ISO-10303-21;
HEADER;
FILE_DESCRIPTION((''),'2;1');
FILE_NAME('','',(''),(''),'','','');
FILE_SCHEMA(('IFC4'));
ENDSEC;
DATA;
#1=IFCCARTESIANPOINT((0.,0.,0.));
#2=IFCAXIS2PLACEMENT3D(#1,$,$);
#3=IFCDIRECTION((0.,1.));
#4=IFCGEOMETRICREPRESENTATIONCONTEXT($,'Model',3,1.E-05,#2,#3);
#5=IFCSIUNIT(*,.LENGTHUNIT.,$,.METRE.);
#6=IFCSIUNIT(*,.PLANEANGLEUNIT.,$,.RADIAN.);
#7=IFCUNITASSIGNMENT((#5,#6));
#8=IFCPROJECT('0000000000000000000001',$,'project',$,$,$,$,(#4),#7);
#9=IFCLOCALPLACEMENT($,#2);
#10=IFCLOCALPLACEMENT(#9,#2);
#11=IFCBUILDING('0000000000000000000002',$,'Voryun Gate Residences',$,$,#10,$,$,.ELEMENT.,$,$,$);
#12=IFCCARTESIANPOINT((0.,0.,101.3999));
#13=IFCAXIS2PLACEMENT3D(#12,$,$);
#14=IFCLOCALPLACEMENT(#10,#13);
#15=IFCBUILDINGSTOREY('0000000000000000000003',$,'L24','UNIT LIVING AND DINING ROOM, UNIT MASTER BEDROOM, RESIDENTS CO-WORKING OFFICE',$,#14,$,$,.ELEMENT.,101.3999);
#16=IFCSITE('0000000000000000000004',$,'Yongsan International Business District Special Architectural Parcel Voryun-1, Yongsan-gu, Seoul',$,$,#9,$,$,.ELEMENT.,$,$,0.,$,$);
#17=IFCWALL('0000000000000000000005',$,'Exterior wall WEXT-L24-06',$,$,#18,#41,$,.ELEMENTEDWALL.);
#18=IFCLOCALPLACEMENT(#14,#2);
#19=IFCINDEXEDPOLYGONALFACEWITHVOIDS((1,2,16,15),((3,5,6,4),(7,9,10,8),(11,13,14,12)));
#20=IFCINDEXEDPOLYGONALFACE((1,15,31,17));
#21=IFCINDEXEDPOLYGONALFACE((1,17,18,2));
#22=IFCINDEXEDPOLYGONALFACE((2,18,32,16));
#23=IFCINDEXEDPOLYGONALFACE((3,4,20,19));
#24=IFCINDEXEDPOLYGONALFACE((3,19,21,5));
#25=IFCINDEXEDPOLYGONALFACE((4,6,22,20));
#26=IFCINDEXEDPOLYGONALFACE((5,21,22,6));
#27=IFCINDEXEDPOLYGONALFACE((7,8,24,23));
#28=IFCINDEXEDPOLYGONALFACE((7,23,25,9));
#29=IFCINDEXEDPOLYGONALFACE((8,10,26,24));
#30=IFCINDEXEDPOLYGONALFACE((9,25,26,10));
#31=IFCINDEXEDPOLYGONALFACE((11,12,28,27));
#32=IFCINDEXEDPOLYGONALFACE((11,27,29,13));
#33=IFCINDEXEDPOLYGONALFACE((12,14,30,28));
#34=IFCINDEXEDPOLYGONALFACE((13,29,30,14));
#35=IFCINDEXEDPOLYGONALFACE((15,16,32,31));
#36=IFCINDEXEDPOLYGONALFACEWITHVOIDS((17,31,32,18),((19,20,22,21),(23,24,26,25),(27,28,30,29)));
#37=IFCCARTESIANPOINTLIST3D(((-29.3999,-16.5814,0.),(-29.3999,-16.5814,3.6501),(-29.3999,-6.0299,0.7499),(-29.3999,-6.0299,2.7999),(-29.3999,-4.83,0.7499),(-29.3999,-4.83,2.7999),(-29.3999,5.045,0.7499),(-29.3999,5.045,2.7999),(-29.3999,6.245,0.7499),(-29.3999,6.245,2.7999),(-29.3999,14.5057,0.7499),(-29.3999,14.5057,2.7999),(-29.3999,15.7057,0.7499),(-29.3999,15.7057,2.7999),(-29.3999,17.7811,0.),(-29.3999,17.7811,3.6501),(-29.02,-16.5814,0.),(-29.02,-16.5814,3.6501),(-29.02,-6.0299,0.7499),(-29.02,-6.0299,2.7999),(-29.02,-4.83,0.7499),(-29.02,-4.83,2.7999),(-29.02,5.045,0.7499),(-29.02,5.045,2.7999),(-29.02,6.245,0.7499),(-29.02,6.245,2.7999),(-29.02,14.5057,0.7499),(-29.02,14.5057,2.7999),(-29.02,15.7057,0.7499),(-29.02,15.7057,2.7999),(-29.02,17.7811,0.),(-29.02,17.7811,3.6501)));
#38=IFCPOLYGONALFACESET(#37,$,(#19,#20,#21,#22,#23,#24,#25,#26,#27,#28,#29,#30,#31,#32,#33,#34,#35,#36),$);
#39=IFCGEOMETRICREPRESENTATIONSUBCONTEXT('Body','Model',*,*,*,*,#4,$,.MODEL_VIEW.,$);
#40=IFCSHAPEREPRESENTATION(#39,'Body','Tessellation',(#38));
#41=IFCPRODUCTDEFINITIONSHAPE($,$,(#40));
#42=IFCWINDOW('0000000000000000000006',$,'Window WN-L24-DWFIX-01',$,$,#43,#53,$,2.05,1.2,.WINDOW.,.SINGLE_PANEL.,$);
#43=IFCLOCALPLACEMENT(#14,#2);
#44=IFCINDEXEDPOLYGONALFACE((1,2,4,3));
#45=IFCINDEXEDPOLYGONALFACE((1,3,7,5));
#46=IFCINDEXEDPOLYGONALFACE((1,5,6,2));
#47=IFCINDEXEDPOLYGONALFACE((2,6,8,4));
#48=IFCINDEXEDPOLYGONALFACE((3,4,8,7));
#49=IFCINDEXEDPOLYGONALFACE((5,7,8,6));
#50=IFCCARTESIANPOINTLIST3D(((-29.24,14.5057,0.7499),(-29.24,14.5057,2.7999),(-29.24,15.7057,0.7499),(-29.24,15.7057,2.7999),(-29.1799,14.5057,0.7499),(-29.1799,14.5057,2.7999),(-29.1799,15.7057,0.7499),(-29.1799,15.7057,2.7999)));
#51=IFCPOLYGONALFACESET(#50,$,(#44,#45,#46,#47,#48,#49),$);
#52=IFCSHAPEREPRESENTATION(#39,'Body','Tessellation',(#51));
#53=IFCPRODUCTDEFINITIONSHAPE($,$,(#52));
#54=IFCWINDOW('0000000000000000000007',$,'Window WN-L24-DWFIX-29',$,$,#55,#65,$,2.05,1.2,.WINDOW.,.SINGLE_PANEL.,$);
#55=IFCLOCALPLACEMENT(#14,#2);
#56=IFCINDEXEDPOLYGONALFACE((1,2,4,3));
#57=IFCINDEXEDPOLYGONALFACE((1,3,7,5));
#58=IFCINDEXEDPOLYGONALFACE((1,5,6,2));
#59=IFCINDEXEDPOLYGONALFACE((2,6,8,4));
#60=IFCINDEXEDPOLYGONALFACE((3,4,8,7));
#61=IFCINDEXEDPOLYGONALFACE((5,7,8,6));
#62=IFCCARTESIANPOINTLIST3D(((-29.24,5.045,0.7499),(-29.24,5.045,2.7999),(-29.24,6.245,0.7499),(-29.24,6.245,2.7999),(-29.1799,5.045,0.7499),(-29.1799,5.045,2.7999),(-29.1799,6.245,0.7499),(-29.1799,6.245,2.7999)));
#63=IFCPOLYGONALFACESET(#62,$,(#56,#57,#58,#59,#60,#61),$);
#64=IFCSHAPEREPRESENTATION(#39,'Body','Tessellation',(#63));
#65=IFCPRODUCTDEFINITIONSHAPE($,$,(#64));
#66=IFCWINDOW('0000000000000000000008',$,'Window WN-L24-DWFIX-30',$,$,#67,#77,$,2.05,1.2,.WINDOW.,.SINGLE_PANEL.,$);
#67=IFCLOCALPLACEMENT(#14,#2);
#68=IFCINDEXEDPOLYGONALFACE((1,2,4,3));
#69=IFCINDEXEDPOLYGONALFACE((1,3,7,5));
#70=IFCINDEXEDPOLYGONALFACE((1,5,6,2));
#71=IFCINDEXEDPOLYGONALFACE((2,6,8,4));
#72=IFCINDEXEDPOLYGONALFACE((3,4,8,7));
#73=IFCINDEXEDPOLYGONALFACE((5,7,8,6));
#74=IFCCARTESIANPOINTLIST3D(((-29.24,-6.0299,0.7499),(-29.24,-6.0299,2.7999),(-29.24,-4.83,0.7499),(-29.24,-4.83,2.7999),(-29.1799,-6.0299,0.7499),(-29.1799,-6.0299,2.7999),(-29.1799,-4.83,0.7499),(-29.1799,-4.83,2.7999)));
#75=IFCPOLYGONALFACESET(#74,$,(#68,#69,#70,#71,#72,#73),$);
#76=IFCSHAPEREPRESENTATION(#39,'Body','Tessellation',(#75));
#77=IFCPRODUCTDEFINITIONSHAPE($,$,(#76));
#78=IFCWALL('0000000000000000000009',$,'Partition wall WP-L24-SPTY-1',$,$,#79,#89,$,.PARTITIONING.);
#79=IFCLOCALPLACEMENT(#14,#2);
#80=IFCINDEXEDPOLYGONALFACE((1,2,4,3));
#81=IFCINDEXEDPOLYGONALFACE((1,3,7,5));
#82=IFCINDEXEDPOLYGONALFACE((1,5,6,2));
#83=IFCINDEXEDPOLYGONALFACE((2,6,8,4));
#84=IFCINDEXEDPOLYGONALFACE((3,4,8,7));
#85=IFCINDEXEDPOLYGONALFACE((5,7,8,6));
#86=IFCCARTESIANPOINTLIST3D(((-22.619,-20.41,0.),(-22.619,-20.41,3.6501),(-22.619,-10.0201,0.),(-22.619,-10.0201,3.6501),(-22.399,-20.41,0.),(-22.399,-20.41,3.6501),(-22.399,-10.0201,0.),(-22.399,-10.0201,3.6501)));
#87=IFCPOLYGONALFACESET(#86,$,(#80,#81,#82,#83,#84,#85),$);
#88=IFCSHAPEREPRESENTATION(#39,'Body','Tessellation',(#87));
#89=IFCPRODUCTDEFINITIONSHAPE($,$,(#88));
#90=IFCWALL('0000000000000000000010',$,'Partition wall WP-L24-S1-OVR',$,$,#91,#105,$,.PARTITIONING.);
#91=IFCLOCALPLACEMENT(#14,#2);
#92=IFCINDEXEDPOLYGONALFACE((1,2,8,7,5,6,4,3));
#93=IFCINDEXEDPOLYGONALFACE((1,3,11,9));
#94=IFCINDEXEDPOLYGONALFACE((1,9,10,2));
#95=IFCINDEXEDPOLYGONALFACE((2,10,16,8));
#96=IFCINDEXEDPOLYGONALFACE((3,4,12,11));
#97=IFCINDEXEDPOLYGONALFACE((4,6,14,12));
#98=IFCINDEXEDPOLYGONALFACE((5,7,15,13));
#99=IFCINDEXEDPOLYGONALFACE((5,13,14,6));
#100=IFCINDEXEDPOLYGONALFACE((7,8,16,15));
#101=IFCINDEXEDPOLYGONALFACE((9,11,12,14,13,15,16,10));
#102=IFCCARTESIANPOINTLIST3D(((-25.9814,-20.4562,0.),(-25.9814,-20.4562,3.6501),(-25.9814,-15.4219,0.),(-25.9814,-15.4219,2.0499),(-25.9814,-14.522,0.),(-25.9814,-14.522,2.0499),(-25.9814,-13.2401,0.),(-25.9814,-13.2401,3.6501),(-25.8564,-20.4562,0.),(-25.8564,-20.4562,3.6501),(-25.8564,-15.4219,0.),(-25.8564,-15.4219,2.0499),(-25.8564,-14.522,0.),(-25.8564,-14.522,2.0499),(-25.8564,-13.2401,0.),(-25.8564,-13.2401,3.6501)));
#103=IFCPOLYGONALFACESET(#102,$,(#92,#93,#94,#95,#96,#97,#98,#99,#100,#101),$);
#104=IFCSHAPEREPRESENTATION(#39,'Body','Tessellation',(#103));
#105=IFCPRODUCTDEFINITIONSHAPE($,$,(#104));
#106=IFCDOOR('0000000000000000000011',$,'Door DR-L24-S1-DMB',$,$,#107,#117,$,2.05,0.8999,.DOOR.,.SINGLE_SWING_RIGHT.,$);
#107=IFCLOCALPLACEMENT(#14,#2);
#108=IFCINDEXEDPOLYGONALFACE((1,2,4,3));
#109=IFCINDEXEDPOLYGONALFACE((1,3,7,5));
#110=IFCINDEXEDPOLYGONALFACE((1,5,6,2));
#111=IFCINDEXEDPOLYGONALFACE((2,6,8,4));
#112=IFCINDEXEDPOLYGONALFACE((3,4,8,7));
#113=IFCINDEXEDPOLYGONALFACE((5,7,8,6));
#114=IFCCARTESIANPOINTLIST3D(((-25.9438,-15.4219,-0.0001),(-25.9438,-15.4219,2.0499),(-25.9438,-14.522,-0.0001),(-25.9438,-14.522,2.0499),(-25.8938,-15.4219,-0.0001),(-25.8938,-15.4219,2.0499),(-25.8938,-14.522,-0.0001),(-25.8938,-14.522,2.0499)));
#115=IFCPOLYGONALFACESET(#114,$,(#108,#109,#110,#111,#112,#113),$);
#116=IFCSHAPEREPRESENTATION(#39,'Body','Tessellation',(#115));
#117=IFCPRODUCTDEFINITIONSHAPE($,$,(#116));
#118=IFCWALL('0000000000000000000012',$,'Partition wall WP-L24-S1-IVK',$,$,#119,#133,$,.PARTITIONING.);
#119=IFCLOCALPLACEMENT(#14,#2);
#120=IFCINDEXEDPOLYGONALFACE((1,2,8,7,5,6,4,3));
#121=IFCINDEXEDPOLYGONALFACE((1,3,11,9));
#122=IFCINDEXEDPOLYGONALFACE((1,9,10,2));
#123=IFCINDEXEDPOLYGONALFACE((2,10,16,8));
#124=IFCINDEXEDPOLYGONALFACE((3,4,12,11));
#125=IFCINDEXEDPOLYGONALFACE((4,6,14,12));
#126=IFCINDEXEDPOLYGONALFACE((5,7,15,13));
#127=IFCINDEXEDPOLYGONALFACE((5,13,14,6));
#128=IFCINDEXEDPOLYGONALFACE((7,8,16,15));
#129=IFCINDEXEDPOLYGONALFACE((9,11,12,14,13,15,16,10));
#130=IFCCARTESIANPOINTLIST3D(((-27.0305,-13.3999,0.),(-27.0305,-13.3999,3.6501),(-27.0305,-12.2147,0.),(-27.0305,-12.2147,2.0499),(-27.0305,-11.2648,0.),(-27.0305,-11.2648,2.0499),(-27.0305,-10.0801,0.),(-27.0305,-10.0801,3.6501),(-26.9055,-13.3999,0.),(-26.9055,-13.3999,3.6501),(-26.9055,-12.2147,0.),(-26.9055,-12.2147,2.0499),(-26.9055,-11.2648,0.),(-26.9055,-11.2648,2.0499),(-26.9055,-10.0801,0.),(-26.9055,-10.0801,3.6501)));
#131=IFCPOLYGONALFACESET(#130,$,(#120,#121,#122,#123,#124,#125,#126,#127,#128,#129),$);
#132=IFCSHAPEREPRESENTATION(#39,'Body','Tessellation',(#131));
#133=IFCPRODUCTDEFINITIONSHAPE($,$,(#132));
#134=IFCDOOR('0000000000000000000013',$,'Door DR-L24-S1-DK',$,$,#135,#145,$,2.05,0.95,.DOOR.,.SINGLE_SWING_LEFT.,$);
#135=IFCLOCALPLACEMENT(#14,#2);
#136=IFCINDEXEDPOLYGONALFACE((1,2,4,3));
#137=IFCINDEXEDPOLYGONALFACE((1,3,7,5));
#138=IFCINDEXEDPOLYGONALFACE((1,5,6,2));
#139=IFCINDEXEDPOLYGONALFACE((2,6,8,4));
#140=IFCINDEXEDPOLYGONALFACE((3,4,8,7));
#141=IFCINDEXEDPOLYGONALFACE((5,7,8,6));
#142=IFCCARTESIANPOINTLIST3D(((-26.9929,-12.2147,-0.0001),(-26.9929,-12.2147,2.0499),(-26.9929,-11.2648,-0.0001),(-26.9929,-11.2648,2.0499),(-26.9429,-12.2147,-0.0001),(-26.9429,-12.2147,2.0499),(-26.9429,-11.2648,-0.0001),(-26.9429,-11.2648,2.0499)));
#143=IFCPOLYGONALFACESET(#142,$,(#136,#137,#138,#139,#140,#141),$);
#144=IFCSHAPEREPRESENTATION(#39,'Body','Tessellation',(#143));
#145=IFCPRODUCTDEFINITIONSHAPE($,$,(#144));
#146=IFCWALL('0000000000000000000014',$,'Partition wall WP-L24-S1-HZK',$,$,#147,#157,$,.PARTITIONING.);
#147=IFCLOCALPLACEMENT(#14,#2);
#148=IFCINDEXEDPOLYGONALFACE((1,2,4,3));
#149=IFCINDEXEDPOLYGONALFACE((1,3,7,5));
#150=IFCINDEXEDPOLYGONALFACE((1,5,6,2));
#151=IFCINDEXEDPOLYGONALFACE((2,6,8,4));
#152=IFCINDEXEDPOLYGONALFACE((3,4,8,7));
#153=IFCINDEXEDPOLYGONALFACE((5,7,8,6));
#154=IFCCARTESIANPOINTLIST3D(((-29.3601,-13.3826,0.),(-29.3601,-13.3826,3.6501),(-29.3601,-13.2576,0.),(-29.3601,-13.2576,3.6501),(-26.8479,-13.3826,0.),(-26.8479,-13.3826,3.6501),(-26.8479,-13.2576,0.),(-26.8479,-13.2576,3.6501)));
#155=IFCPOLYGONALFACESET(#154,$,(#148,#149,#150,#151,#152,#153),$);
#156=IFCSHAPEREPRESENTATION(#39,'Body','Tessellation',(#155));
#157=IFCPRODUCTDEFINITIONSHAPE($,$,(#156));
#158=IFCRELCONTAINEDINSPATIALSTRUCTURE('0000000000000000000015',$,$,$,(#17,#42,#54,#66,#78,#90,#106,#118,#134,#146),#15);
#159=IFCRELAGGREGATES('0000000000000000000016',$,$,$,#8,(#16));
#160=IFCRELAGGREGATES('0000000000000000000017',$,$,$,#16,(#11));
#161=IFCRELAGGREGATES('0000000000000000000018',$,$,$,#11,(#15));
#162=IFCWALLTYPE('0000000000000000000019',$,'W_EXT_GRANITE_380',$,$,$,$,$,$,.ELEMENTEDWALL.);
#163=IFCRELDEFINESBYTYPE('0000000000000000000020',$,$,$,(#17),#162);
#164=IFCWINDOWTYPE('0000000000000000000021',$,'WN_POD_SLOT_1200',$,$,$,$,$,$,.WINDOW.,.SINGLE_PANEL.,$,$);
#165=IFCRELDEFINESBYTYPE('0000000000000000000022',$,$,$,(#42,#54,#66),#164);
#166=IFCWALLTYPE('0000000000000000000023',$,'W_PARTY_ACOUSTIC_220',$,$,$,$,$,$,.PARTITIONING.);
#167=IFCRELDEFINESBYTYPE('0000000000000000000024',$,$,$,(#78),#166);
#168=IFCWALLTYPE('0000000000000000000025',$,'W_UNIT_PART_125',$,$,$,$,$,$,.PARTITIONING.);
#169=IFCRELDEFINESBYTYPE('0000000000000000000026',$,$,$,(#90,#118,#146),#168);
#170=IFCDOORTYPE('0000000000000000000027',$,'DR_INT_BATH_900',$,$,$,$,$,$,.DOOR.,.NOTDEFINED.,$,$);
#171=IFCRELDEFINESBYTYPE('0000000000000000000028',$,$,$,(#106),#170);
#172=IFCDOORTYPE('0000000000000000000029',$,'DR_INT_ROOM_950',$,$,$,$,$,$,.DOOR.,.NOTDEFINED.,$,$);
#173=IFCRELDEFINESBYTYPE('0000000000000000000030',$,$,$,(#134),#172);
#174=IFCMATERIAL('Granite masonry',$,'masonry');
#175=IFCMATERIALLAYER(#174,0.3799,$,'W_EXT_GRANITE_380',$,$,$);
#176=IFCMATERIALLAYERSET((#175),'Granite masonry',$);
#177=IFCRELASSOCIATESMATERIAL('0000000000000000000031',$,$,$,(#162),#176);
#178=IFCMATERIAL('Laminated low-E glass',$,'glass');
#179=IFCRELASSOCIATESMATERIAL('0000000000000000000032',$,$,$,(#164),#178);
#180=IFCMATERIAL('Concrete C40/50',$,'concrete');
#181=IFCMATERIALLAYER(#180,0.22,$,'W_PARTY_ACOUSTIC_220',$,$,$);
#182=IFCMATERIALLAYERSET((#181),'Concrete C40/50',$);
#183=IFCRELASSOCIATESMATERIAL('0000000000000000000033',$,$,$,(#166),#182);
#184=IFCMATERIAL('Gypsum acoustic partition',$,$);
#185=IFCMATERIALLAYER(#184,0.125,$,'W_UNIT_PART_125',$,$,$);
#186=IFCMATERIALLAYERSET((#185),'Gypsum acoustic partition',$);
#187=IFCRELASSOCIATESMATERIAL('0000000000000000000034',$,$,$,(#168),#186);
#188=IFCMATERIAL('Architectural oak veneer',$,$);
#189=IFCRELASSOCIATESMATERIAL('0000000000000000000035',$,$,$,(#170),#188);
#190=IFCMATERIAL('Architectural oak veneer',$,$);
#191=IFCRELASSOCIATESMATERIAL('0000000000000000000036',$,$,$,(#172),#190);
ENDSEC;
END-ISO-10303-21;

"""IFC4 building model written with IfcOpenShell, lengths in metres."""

from ifc_helpers import new_model, si_unit, direction, frame, frame_2d, origin, place, context, subcontext, project, spatial, rectangle, extrude, material, layer, layer_set, type_object, element, fill, save


model = new_model("IFC4")

# Units and contexts
model_context = context("Model", 3, precision=1e-05, world=origin(), true_north=direction((0.0, 1.0)))
body_context = subcontext(model_context, "Body", "Model", "MODEL_VIEW")
ifc_project = project(units=[si_unit("LENGTHUNIT", "METRE"), si_unit("PLANEANGLEUNIT", "RADIAN")], contexts=[model_context])

# Site, building, storey
site_placement = place(None, origin())
site = spatial("IfcSite", under=ifc_project, at=site_placement, Name="Yongsan International Business District Special Architectural Parcel Voryun-1, Yongsan-gu, Seoul", CompositionType="ELEMENT", RefElevation=0.0)
building_placement = place(site_placement, origin())
building = spatial("IfcBuilding", under=site, at=building_placement, Name="Voryun Gate Residences", CompositionType="ELEMENT")
storey_placement = place(building_placement, frame((0.0, 0.0, 101.3999)))
storey = spatial("IfcBuildingStorey", under=building, at=storey_placement, Name="L24", Description="UNIT LIVING AND DINING ROOM, UNIT MASTER BEDROOM, RESIDENTS CO-WORKING OFFICE", CompositionType="ELEMENT", Elevation=101.3999)

# Shared definitions
ifc_material_1 = material(Name="Granite masonry", Category="masonry")
ifc_layer_1 = layer(ifc_material_1, 0.3799, Name="W_EXT_GRANITE_380")
ifc_layer_set_1 = layer_set([ifc_layer_1], Name="Granite masonry")
wall_type_1 = type_object("IfcWallType", Name="W_EXT_GRANITE_380", PredefinedType="ELEMENTEDWALL", material=ifc_layer_set_1)

# Shared definitions
ifc_material_2 = material(Name="Laminated low-E glass", Category="glass")
window_type = type_object("IfcWindowType", Name="WN_POD_SLOT_1200", PartitioningType="SINGLE_PANEL", PredefinedType="WINDOW", material=ifc_material_2)

# Wall, openings, windows
wall_1_placement = place(storey_placement, frame((-29.21, -16.5813, 0.0), z_axis=(0.0, 0.0, 1.0), x_axis=(0.0, 1.0, 0.0)))
wall_1 = element("IfcWall", 1, at=wall_1_placement, inside=storey, type_object=wall_type_1, Name="Exterior wall WEXT-L24-06", PredefinedType="ELEMENTEDWALL", context=body_context, shape_type="SweptSolid", body=[
    extrude(rectangle(XDim=34.3625, YDim=0.3799, at=frame_2d((17.1812, 0.0))), origin(), (0.0, 0.0, 1.0), 3.6501),
])
opening_1_placement = place(wall_1_placement, frame((31.0869, 0.0, 0.75)))
opening_1 = element("IfcOpeningElement", 2, at=opening_1_placement, cuts=wall_1, PredefinedType="OPENING", context=body_context, shape_type="SweptSolid", body=[
    extrude(rectangle(XDim=1.2, YDim=2.05, at=frame_2d((0.6001, 1.0249))), frame((0.0, 0.2, 0.0), z_axis=(0.0, -1.0, 0.0), x_axis=(1.0, 0.0, 0.0)), (0.0, 0.0, 1.0), 0.3999),
])
opening_2_placement = place(wall_1_placement, frame((21.6262, 0.0, 0.75)))
opening_2 = element("IfcOpeningElement", 3, at=opening_2_placement, cuts=wall_1, PredefinedType="OPENING", context=body_context, shape_type="SweptSolid", body=[
    extrude(rectangle(XDim=1.2, YDim=2.05, at=frame_2d((0.6001, 1.0249))), frame((0.0, 0.2, 0.0), z_axis=(0.0, -1.0, 0.0), x_axis=(1.0, 0.0, 0.0)), (0.0, 0.0, 1.0), 0.3999),
])
opening_3_placement = place(wall_1_placement, frame((10.5513, 0.0, 0.75)))
opening_3 = element("IfcOpeningElement", 4, at=opening_3_placement, cuts=wall_1, PredefinedType="OPENING", context=body_context, shape_type="SweptSolid", body=[
    extrude(rectangle(XDim=1.2, YDim=2.05, at=frame_2d((0.6001, 1.0249))), frame((0.0, 0.2, 0.0), z_axis=(0.0, -1.0, 0.0), x_axis=(1.0, 0.0, 0.0)), (0.0, 0.0, 1.0), 0.3999),
])
window_1_placement = place(opening_1_placement, origin())
window_1 = element("IfcWindow", 5, at=window_1_placement, inside=storey, type_object=window_type, Name="Window WN-L24-DWFIX-01", OverallHeight=2.05, OverallWidth=1.2, PartitioningType="SINGLE_PANEL", PredefinedType="WINDOW", context=body_context, shape_type="SweptSolid", body=[
    extrude(rectangle(XDim=1.2, YDim=2.05, at=frame_2d((0.6001, 1.0249))), frame((0.0, 0.03, 0.0), z_axis=(0.0, -1.0, 0.0), x_axis=(1.0, 0.0, 0.0)), (0.0, 0.0, 1.0), 0.0601),
])
fill(opening_1, window_1)
window_2_placement = place(opening_2_placement, origin())
window_2 = element("IfcWindow", 6, at=window_2_placement, inside=storey, type_object=window_type, Name="Window WN-L24-DWFIX-29", OverallHeight=2.05, OverallWidth=1.2, PartitioningType="SINGLE_PANEL", PredefinedType="WINDOW", context=body_context, shape_type="SweptSolid", body=[
    extrude(rectangle(XDim=1.2, YDim=2.05, at=frame_2d((0.6001, 1.0249))), frame((0.0, 0.03, 0.0), z_axis=(0.0, -1.0, 0.0), x_axis=(1.0, 0.0, 0.0)), (0.0, 0.0, 1.0), 0.0601),
])
fill(opening_2, window_2)
window_3_placement = place(opening_3_placement, origin())
window_3 = element("IfcWindow", 7, at=window_3_placement, inside=storey, type_object=window_type, Name="Window WN-L24-DWFIX-30", OverallHeight=2.05, OverallWidth=1.2, PartitioningType="SINGLE_PANEL", PredefinedType="WINDOW", context=body_context, shape_type="SweptSolid", body=[
    extrude(rectangle(XDim=1.2, YDim=2.05, at=frame_2d((0.6001, 1.0249))), frame((0.0, 0.03, 0.0), z_axis=(0.0, -1.0, 0.0), x_axis=(1.0, 0.0, 0.0)), (0.0, 0.0, 1.0), 0.0601),
])
fill(opening_3, window_3)

# Wall
ifc_material_3 = material(Name="Concrete C40/50", Category="concrete")
ifc_layer_2 = layer(ifc_material_3, 0.22, Name="W_PARTY_ACOUSTIC_220")
ifc_layer_set_2 = layer_set([ifc_layer_2], Name="Concrete C40/50")
wall_type_2 = type_object("IfcWallType", Name="W_PARTY_ACOUSTIC_220", PredefinedType="PARTITIONING", material=ifc_layer_set_2)
wall_2_placement = place(storey_placement, frame((-22.509, -20.4099, 0.0), z_axis=(0.0, 0.0, 1.0), x_axis=(0.0, 1.0, 0.0)))
element("IfcWall", 8, at=wall_2_placement, inside=storey, type_object=wall_type_2, Name="Partition wall WP-L24-SPTY-1", PredefinedType="PARTITIONING", context=body_context, shape_type="SweptSolid", body=[
    extrude(rectangle(XDim=10.3899, YDim=0.22, at=frame_2d((5.1948, 0.0))), origin(), (0.0, 0.0, 1.0), 3.6501),
])

# Walls, openings, doors
ifc_material_4 = material(Name="Gypsum acoustic partition")
ifc_layer_3 = layer(ifc_material_4, 0.125, Name="W_UNIT_PART_125")
ifc_layer_set_3 = layer_set([ifc_layer_3], Name="Gypsum acoustic partition")
wall_type_3 = type_object("IfcWallType", Name="W_UNIT_PART_125", PredefinedType="PARTITIONING", material=ifc_layer_set_3)
wall_3_placement = place(storey_placement, frame((-25.9189, -20.4561, 0.0), z_axis=(0.0, 0.0, 1.0), x_axis=(0.0, 1.0, 0.0)))
wall_3 = element("IfcWall", 9, at=wall_3_placement, inside=storey, type_object=wall_type_3, Name="Partition wall WP-L24-S1-OVR", PredefinedType="PARTITIONING", context=body_context, shape_type="SweptSolid", body=[
    extrude(rectangle(XDim=7.2161, YDim=0.125, at=frame_2d((3.6079, 0.0))), origin(), (0.0, 0.0, 1.0), 3.6501),
])
opening_4_placement = place(wall_3_placement, frame((5.0342, 0.0, 0.0)))
opening_4 = element("IfcOpeningElement", 10, at=opening_4_placement, cuts=wall_3, PredefinedType="OPENING", context=body_context, shape_type="SweptSolid", body=[
    extrude(rectangle(XDim=0.8999, YDim=2.05, at=frame_2d((0.45, 1.0249))), frame((0.0, 0.0725, 0.0), z_axis=(0.0, -1.0, 0.0), x_axis=(1.0, 0.0, 0.0)), (0.0, 0.0, 1.0), 0.145),
])
ifc_material_5 = material(Name="Architectural oak veneer")
door_type_1 = type_object("IfcDoorType", Name="DR_INT_BATH_900", OperationType="NOTDEFINED", PredefinedType="DOOR", material=ifc_material_5)
door_1_placement = place(opening_4_placement, origin())
door_1 = element("IfcDoor", 11, at=door_1_placement, inside=storey, type_object=door_type_1, Name="Door DR-L24-S1-DMB", OperationType="SINGLE_SWING_RIGHT", OverallHeight=2.05, OverallWidth=0.8999, PredefinedType="DOOR", context=body_context, shape_type="SweptSolid", body=[
    extrude(rectangle(XDim=0.8999, YDim=2.05, at=frame_2d((0.45, 1.0249))), frame((0.0, 0.0249, 0.0), z_axis=(0.0, -1.0, 0.0), x_axis=(1.0, 0.0, 0.0)), (0.0, 0.0, 1.0), 0.05),
])
fill(opening_4, door_1)
wall_4_placement = place(storey_placement, frame((-26.968, -13.3999, 0.0), z_axis=(0.0, 0.0, 1.0), x_axis=(0.0, 1.0, 0.0)))
wall_4 = element("IfcWall", 12, at=wall_4_placement, inside=storey, type_object=wall_type_3, Name="Partition wall WP-L24-S1-IVK", PredefinedType="PARTITIONING", context=body_context, shape_type="SweptSolid", body=[
    extrude(rectangle(XDim=3.3198, YDim=0.125, at=frame_2d((1.6599, 0.0))), origin(), (0.0, 0.0, 1.0), 3.6501),
])
opening_5_placement = place(wall_4_placement, frame((1.1851, 0.0, 0.0)))
opening_5 = element("IfcOpeningElement", 13, at=opening_5_placement, cuts=wall_4, PredefinedType="OPENING", context=body_context, shape_type="SweptSolid", body=[
    extrude(rectangle(XDim=0.95, YDim=2.05, at=frame_2d((0.4751, 1.0249))), frame((0.0, 0.0725, 0.0), z_axis=(0.0, -1.0, 0.0), x_axis=(1.0, 0.0, 0.0)), (0.0, 0.0, 1.0), 0.145),
])
ifc_material_6 = material(Name="Architectural oak veneer")
door_type_2 = type_object("IfcDoorType", Name="DR_INT_ROOM_950", OperationType="NOTDEFINED", PredefinedType="DOOR", material=ifc_material_6)
door_2_placement = place(opening_5_placement, origin())
door_2 = element("IfcDoor", 14, at=door_2_placement, inside=storey, type_object=door_type_2, Name="Door DR-L24-S1-DK", OperationType="SINGLE_SWING_LEFT", OverallHeight=2.05, OverallWidth=0.95, PredefinedType="DOOR", context=body_context, shape_type="SweptSolid", body=[
    extrude(rectangle(XDim=0.95, YDim=2.05, at=frame_2d((0.4751, 1.0249))), frame((0.0, 0.0249, 0.0), z_axis=(0.0, -1.0, 0.0), x_axis=(1.0, 0.0, 0.0)), (0.0, 0.0, 1.0), 0.05),
])
fill(opening_5, door_2)

# Wall
wall_5_placement = place(storey_placement, frame((-29.3601, -13.3201, 0.0), z_axis=(0.0, 0.0, 1.0), x_axis=(1.0, 0.0, 0.0)))
element("IfcWall", 15, at=wall_5_placement, inside=storey, type_object=wall_type_3, Name="Partition wall WP-L24-S1-HZK", PredefinedType="PARTITIONING", context=body_context, shape_type="SweptSolid", body=[
    extrude(rectangle(XDim=2.5122, YDim=0.125, at=frame_2d((1.2561, 0.0))), origin(), (0.0, 0.0, 1.0), 3.6501),
])

save(model, "model.ifc")
